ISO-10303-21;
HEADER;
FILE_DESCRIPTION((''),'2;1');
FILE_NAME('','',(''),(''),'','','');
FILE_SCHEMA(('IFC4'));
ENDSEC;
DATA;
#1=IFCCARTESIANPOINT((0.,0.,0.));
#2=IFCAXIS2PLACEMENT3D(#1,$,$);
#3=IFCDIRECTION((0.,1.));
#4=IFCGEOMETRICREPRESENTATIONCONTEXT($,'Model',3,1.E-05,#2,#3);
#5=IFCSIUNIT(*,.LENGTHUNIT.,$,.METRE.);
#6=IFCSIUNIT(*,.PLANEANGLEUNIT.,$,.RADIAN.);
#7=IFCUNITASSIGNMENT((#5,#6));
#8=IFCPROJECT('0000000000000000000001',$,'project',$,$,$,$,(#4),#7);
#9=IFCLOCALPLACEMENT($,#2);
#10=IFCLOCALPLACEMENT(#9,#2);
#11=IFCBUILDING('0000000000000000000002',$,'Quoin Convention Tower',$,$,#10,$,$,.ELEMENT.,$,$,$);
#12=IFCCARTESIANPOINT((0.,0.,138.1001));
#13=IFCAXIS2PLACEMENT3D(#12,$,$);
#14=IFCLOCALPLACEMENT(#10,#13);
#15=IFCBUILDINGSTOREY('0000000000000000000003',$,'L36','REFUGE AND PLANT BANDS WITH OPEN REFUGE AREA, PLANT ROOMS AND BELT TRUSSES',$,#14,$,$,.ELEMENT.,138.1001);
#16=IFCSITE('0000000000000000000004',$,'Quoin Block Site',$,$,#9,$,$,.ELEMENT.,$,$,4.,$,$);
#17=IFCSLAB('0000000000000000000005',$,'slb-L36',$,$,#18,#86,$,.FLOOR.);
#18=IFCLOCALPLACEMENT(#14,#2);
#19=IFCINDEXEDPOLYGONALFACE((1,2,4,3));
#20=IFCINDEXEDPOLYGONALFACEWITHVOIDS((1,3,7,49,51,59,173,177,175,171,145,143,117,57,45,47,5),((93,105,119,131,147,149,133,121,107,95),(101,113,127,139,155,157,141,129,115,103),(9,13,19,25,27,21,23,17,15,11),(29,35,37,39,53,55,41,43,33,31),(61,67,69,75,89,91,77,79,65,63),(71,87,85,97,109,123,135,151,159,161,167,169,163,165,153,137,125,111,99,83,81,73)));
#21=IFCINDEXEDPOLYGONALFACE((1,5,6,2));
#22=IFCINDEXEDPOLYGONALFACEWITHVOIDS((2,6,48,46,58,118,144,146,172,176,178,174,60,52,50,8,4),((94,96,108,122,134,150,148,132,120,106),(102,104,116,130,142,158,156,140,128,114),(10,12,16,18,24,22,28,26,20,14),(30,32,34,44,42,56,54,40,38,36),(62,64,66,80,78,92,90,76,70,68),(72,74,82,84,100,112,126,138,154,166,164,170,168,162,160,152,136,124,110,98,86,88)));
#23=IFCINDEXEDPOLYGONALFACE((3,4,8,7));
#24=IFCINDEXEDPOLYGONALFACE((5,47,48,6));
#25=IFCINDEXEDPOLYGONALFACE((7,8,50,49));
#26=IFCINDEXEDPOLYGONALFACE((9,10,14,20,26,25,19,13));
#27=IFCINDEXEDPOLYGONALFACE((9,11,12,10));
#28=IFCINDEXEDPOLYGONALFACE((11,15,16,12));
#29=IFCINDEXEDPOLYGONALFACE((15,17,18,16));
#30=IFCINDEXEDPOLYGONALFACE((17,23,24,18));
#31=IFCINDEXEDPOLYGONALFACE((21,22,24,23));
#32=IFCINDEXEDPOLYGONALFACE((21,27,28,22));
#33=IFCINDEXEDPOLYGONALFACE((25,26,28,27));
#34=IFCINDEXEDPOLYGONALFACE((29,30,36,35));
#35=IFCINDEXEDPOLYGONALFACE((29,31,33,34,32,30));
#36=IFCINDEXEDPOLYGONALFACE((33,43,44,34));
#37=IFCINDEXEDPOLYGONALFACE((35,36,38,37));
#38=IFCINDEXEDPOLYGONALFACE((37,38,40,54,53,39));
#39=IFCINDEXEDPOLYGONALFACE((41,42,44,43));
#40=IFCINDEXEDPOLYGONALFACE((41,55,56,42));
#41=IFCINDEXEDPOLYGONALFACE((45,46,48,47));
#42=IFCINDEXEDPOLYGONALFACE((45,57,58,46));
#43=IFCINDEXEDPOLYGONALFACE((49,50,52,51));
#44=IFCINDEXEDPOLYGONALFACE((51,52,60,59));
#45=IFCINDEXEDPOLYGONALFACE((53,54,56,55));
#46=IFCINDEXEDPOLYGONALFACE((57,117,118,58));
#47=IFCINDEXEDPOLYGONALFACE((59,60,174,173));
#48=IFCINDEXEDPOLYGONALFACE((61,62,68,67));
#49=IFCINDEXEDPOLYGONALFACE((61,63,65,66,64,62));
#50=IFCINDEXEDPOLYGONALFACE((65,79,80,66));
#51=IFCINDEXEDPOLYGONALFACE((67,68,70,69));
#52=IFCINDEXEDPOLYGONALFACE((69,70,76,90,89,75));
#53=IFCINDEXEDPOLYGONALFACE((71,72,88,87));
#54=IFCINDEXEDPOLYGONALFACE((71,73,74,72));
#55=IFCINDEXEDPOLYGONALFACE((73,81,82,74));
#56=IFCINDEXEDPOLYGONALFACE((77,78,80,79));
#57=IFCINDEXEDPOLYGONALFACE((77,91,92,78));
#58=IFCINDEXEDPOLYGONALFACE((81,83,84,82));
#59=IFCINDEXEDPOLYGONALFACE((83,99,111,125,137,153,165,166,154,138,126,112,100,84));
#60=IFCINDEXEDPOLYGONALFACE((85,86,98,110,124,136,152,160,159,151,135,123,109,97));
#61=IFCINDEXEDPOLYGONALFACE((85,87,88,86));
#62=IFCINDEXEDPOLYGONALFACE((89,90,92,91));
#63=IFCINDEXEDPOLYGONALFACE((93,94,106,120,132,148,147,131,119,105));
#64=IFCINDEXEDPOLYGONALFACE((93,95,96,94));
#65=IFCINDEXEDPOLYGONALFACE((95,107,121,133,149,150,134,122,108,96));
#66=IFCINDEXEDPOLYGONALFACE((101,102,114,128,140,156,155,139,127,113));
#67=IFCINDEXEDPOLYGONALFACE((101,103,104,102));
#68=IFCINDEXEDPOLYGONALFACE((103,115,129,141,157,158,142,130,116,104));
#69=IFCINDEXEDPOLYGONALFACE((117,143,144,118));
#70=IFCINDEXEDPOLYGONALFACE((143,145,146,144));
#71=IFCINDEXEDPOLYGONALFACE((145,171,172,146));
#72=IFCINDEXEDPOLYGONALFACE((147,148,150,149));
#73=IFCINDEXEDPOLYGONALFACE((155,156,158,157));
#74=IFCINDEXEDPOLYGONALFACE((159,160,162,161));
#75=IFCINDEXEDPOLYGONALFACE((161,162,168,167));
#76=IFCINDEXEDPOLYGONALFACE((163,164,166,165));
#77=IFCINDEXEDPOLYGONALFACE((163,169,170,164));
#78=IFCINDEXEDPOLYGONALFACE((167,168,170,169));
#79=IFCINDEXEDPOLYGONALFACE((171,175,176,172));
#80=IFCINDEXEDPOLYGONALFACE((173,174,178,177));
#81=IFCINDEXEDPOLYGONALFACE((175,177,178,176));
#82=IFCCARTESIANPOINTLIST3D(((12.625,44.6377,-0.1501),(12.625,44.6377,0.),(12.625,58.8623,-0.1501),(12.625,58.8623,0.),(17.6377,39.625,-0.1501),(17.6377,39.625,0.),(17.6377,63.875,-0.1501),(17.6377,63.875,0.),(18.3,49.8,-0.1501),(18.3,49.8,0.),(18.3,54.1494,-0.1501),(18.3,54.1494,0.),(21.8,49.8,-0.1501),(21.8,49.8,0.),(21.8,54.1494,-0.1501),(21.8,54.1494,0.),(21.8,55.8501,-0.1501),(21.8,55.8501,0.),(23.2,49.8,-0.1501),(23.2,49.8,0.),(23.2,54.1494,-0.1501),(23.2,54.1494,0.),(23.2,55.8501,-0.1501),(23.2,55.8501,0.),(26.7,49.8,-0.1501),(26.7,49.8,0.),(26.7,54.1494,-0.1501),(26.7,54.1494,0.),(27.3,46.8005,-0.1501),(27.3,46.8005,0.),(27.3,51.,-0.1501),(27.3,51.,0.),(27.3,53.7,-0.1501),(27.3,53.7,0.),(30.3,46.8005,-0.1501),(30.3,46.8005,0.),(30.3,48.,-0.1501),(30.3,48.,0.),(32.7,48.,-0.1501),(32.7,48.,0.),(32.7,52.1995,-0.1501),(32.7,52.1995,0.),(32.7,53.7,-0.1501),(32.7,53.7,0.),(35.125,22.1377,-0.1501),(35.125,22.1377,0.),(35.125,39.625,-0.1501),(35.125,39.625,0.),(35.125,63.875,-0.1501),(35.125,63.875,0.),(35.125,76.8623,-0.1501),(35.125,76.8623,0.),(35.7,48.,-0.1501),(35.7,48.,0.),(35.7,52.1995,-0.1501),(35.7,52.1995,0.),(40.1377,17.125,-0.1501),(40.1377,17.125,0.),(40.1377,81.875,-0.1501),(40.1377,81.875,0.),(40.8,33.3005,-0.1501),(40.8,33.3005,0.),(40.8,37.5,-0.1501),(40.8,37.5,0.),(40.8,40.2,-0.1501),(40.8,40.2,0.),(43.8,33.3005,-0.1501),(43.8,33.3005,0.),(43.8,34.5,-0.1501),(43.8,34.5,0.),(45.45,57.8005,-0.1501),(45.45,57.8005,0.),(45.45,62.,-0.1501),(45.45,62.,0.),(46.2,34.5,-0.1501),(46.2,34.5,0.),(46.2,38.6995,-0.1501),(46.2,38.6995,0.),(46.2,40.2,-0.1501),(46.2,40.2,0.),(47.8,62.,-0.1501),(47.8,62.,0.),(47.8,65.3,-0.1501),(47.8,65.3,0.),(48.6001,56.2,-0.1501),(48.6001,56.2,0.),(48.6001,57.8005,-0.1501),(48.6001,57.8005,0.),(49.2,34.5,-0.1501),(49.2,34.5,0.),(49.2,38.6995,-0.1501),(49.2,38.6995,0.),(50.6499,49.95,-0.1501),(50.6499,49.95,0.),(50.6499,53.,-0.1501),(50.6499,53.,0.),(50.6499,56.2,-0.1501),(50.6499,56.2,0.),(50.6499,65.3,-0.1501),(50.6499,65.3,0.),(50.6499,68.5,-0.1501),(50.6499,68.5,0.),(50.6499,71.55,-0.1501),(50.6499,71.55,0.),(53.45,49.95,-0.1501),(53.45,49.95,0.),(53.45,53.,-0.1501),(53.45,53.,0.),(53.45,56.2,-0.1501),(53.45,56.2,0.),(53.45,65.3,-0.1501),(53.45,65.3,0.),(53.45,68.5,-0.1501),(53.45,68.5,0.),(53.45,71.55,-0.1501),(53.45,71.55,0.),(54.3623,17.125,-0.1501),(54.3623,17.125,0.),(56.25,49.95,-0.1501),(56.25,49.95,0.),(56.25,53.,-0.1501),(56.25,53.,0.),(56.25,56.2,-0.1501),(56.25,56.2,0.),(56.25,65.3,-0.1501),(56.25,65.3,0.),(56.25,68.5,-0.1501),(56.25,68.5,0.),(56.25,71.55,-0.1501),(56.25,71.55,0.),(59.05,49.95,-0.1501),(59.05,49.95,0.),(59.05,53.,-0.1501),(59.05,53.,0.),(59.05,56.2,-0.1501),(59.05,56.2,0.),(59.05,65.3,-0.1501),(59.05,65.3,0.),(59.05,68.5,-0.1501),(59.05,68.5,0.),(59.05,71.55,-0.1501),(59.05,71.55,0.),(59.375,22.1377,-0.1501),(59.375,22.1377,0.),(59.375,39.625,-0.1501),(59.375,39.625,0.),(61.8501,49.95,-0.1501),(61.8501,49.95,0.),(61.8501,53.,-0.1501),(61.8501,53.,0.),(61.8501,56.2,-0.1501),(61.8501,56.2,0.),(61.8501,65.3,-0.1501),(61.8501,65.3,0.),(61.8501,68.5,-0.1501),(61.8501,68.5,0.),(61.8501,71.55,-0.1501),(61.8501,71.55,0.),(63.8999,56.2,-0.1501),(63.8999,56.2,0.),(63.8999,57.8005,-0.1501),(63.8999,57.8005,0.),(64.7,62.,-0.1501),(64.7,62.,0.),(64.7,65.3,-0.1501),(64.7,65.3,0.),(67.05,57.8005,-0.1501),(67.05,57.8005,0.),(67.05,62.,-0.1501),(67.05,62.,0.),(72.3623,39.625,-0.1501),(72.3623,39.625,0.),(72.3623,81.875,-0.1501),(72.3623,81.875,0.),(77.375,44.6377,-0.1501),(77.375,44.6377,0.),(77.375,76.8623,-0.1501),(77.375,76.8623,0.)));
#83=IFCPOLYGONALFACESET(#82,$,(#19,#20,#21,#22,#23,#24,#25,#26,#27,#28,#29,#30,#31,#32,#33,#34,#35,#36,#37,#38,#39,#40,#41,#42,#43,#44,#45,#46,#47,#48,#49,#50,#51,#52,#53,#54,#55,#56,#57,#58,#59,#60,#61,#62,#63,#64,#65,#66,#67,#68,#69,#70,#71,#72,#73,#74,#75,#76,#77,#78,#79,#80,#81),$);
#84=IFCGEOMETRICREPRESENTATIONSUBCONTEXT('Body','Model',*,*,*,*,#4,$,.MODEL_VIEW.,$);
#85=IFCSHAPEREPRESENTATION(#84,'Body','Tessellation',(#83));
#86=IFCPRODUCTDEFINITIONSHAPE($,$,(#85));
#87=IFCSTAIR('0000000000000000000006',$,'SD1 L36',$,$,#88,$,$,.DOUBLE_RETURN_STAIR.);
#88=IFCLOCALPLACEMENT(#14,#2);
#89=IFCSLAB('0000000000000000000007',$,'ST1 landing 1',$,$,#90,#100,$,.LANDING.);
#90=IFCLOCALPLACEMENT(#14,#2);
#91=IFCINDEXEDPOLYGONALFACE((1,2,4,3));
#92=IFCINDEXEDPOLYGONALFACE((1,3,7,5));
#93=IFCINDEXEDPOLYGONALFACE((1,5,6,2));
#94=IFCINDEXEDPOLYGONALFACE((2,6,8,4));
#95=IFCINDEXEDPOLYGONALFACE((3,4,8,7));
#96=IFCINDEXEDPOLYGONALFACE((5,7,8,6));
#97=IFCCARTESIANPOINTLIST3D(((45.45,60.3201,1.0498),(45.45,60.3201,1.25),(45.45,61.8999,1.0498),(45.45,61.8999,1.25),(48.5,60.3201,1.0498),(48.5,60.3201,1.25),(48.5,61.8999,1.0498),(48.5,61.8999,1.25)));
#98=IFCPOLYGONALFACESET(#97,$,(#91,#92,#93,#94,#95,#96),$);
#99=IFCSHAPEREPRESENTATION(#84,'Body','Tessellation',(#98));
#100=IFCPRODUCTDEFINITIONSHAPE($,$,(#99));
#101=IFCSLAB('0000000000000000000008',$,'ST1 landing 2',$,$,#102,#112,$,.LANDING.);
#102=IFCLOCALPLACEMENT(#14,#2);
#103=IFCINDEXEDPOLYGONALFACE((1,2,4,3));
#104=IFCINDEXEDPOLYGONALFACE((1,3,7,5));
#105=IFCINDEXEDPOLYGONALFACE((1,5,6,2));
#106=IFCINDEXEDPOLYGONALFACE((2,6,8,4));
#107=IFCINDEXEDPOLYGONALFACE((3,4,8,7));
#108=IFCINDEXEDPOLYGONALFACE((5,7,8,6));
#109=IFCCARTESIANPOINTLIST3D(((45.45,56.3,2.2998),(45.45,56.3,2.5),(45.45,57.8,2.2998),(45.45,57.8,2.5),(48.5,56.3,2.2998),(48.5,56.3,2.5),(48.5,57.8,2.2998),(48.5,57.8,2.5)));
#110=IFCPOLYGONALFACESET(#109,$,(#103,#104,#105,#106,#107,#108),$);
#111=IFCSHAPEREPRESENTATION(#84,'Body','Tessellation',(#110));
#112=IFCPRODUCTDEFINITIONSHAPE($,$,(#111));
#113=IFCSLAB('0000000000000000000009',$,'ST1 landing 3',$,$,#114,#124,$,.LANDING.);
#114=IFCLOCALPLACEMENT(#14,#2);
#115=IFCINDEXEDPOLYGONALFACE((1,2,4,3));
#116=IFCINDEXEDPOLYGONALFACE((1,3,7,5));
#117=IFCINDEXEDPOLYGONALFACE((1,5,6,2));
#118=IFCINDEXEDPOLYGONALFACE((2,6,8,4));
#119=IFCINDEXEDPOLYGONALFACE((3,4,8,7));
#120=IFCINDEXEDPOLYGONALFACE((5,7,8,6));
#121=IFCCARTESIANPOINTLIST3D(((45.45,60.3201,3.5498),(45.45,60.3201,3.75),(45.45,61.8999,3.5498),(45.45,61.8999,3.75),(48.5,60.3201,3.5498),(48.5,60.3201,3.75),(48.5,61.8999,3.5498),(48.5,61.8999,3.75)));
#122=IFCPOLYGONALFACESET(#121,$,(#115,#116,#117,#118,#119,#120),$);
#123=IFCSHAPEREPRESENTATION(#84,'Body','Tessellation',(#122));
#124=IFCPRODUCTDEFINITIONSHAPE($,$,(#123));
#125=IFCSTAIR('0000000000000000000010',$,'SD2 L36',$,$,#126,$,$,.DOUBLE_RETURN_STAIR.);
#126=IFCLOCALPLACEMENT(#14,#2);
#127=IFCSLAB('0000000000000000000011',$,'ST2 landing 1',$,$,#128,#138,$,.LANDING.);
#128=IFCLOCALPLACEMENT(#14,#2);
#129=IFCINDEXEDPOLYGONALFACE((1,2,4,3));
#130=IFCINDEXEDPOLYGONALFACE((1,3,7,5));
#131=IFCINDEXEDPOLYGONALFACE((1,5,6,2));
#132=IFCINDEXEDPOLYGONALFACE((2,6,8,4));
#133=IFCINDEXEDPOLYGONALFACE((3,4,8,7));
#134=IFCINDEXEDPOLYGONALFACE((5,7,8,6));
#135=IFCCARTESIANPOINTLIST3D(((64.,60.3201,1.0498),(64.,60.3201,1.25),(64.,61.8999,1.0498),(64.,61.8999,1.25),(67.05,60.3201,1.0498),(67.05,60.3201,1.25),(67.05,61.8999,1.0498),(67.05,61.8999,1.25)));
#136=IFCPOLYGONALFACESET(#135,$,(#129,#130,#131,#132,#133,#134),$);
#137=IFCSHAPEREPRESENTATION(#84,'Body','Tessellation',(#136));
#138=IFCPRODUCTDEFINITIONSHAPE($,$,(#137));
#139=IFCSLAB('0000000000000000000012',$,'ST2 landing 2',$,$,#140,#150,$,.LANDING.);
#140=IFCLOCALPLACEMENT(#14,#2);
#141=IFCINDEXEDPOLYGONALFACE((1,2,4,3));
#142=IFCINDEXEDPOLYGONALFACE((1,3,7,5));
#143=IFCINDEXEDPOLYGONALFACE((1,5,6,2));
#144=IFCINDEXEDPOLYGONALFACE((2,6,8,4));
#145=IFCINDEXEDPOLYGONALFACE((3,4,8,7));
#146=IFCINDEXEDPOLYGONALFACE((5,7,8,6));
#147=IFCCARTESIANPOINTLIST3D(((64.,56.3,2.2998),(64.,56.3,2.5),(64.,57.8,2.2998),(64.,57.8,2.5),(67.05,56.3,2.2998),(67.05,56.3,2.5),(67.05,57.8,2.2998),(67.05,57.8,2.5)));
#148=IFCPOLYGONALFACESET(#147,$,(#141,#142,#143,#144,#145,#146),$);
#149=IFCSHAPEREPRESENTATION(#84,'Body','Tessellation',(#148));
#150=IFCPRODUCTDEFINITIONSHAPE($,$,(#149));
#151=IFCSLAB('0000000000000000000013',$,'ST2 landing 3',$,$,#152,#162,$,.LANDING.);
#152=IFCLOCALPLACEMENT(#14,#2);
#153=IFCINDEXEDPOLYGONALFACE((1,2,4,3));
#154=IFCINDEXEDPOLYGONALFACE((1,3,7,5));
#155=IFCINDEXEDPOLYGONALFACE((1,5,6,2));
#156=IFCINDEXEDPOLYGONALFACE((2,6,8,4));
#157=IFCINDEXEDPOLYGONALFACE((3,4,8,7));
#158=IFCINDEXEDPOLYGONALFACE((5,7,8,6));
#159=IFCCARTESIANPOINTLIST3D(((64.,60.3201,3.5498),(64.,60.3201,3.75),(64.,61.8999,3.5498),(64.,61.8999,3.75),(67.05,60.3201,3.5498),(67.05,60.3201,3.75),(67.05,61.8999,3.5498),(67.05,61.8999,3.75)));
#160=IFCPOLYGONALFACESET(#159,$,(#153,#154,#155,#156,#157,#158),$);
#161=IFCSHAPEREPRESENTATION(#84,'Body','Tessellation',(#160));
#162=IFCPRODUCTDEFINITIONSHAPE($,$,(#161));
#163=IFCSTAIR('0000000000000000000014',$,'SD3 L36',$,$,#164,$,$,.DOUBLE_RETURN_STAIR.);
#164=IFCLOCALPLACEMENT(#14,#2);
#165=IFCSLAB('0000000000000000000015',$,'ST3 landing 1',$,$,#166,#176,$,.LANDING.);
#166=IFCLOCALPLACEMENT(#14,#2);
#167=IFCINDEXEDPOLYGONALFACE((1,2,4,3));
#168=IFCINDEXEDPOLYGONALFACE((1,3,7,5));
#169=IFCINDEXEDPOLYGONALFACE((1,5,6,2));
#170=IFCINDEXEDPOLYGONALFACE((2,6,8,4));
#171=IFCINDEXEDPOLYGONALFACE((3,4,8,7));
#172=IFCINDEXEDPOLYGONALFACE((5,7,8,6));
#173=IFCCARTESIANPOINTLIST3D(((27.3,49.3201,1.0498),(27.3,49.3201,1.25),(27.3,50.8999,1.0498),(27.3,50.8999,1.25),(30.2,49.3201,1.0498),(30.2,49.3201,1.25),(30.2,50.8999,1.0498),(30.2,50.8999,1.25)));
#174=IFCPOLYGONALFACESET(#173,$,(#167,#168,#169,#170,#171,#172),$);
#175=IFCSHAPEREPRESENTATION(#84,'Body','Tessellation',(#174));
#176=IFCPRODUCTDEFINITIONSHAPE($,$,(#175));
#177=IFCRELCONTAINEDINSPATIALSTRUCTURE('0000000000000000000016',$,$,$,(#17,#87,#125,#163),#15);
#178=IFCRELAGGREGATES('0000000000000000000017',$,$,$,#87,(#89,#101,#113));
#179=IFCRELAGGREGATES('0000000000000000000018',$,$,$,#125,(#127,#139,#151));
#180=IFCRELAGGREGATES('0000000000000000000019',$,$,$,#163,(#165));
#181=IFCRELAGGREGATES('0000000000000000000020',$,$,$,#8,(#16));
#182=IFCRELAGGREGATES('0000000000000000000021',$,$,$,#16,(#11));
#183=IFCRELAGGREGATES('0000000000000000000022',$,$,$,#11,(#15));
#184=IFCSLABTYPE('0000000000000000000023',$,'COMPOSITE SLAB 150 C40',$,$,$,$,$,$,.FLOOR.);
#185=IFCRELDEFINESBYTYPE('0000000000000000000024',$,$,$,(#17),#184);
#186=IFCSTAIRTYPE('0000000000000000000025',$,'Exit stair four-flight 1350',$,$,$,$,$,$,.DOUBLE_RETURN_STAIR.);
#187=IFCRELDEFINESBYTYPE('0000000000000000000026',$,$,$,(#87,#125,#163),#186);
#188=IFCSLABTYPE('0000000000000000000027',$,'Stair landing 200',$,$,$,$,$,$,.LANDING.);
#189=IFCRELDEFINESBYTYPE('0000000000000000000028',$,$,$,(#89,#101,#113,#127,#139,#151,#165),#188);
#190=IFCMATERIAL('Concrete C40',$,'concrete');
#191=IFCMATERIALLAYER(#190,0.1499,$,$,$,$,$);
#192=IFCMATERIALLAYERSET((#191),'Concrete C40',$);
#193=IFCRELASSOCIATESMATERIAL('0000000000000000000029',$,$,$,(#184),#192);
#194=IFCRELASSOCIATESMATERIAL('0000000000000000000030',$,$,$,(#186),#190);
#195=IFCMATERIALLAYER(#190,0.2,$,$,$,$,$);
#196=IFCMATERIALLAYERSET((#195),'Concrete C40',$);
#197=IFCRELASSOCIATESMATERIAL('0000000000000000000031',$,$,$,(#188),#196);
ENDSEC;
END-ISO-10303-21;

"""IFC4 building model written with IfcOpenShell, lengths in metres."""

from ifc_helpers import new_model, si_unit, direction, frame, origin, place, context, subcontext, project, spatial, polyline, outline, extrude, material, layer, layer_set, type_object, element, aggregate, save


model = new_model("IFC4")

# Units and contexts
model_context = context("Model", 3, precision=1e-05, world=origin(), true_north=direction((0.0, 1.0)))
body_context = subcontext(model_context, "Body", "Model", "MODEL_VIEW")
ifc_project = project(units=[si_unit("LENGTHUNIT", "METRE"), si_unit("PLANEANGLEUNIT", "RADIAN")], contexts=[model_context])

# Site, building, storey
site_placement = place(None, origin())
site = spatial("IfcSite", under=ifc_project, at=site_placement, Name="Quoin Block Site", CompositionType="ELEMENT", RefElevation=4.0)
building_placement = place(site_placement, origin())
building = spatial("IfcBuilding", under=site, at=building_placement, Name="Quoin Convention Tower", CompositionType="ELEMENT")
storey_placement = place(building_placement, frame((0.0, 0.0, 138.1001)))
storey = spatial("IfcBuildingStorey", under=building, at=storey_placement, Name="L36", Description="REFUGE AND PLANT BANDS WITH OPEN REFUGE AREA, PLANT ROOMS AND BELT TRUSSES", CompositionType="ELEMENT", Elevation=138.1001)

# Slab
ifc_material_1 = material(Name="Concrete C40", Category="concrete")
ifc_layer_1 = layer(ifc_material_1, 0.1499)
ifc_layer_set_1 = layer_set([ifc_layer_1], Name="Concrete C40")
slab_type_1 = type_object("IfcSlabType", Name="COMPOSITE SLAB 150 C40", PredefinedType="FLOOR", material=ifc_layer_set_1)
slab_1_placement = place(storey_placement, frame((0.0, 0.0, -0.1501)))
element("IfcSlab", 1, at=slab_1_placement, inside=storey, type_object=slab_type_1, Name="slb-L36", PredefinedType="FLOOR", context=body_context, shape_type="SweptSolid", body=[
    extrude(outline(polyline([(59.375, 22.1377), (54.3623, 17.125), (40.1377, 17.125), (35.125, 22.1377), (35.125, 39.625), (17.6377, 39.625), (12.625, 44.6377), (12.625, 58.8623), (17.6377, 63.875), (35.125, 63.875), (35.125, 76.8623), (40.1377, 81.875), (72.3623, 81.875), (77.375, 76.8623), (77.375, 44.6377), (72.3623, 39.625), (59.375, 39.625), (59.375, 22.1377)]), holes=[polyline([(40.8, 40.2), (40.8, 37.5), (40.8, 33.3005), (43.8, 33.3005), (43.8, 34.5), (46.2, 34.5), (49.2, 34.5), (49.2, 38.6995), (46.2, 38.6995), (46.2, 40.2), (40.8, 40.2)]), polyline([(35.7, 52.1995), (32.7, 52.1995), (32.7, 53.7), (27.3, 53.7), (27.3, 51.0), (27.3, 46.8005), (30.3, 46.8005), (30.3, 48.0), (32.7, 48.0), (35.7, 48.0), (35.7, 52.1995)]), polyline([(53.45, 49.95), (56.25, 49.95), (59.05, 49.95), (61.8501, 49.95), (61.8501, 53.0), (59.05, 53.0), (56.25, 53.0), (53.45, 53.0), (50.6499, 53.0), (50.6499, 49.95), (53.45, 49.95)]), polyline([(21.8, 55.8501), (21.8, 54.1494), (18.3, 54.1494), (18.3, 49.8), (21.8, 49.8), (23.2, 49.8), (26.7, 49.8), (26.7, 54.1494), (23.2, 54.1494), (23.2, 55.8501), (21.8, 55.8501)]), polyline([(48.6001, 57.8005), (48.6001, 56.2), (50.6499, 56.2), (53.45, 56.2), (56.25, 56.2), (59.05, 56.2), (61.8501, 56.2), (63.8999, 56.2), (63.8999, 57.8005), (67.05, 57.8005), (67.05, 62.0), (64.7, 62.0), (64.7, 65.3), (61.8501, 65.3), (59.05, 65.3), (56.25, 65.3), (53.45, 65.3), (50.6499, 65.3), (47.8, 65.3), (47.8, 62.0), (45.45, 62.0), (45.45, 57.8005), (48.6001, 57.8005)]), polyline([(50.6499, 68.5), (53.45, 68.5), (56.25, 68.5), (59.05, 68.5), (61.8501, 68.5), (61.8501, 71.55), (59.05, 71.55), (56.25, 71.55), (53.45, 71.55), (50.6499, 71.55), (50.6499, 68.5)])]), origin(), (0.0, 0.0, 1.0), 0.1501),
])

# Stairs, slabs
stair_type_1 = type_object("IfcStairType", Name="Exit stair four-flight 1350", PredefinedType="DOUBLE_RETURN_STAIR", material=ifc_material_1)
stair_1_placement = place(storey_placement, origin())
stair_1 = element("IfcStair", 2, at=stair_1_placement, inside=storey, type_object=stair_type_1, Name="SD1 L36", PredefinedType="DOUBLE_RETURN_STAIR")
ifc_layer_2 = layer(ifc_material_1, 0.2)
ifc_layer_set_2 = layer_set([ifc_layer_2], Name="Concrete C40")
slab_type_2 = type_object("IfcSlabType", Name="Stair landing 200", PredefinedType="LANDING", material=ifc_layer_set_2)
slab_2_placement = place(storey_placement, frame((0.0, 0.0, 1.0498)))
slab_2 = element("IfcSlab", 3, at=slab_2_placement, type_object=slab_type_2, Name="ST1 landing 1", PredefinedType="LANDING", context=body_context, shape_type="SweptSolid", body=[
    extrude(outline(polyline([(45.45, 60.3201), (48.5, 60.3201), (48.5, 61.8999), (45.45, 61.8999), (45.45, 60.3201)])), origin(), (0.0, 0.0, 1.0), 0.2002),
])
slab_3_placement = place(storey_placement, frame((0.0, 0.0, 2.2998)))
slab_3 = element("IfcSlab", 4, at=slab_3_placement, type_object=slab_type_2, Name="ST1 landing 2", PredefinedType="LANDING", context=body_context, shape_type="SweptSolid", body=[
    extrude(outline(polyline([(45.45, 56.3), (48.5, 56.3), (48.5, 57.8), (45.45, 57.8), (45.45, 56.3)])), origin(), (0.0, 0.0, 1.0), 0.2002),
])
slab_4_placement = place(storey_placement, frame((0.0, 0.0, 3.5498)))
slab_4 = element("IfcSlab", 5, at=slab_4_placement, type_object=slab_type_2, Name="ST1 landing 3", PredefinedType="LANDING", context=body_context, shape_type="SweptSolid", body=[
    extrude(outline(polyline([(45.45, 60.3201), (48.5, 60.3201), (48.5, 61.8999), (45.45, 61.8999), (45.45, 60.3201)])), origin(), (0.0, 0.0, 1.0), 0.2002),
])
aggregate(stair_1, [slab_2, slab_3, slab_4])
stair_2_placement = place(storey_placement, origin())
stair_2 = element("IfcStair", 6, at=stair_2_placement, inside=storey, type_object=stair_type_1, Name="SD2 L36", PredefinedType="DOUBLE_RETURN_STAIR")
slab_5_placement = place(storey_placement, frame((0.0, 0.0, 1.0498)))
slab_5 = element("IfcSlab", 7, at=slab_5_placement, type_object=slab_type_2, Name="ST2 landing 1", PredefinedType="LANDING", context=body_context, shape_type="SweptSolid", body=[
    extrude(outline(polyline([(64.0, 60.3201), (67.05, 60.3201), (67.05, 61.8999), (64.0, 61.8999), (64.0, 60.3201)])), origin(), (0.0, 0.0, 1.0), 0.2002),
])
slab_6_placement = place(storey_placement, frame((0.0, 0.0, 2.2998)))
slab_6 = element("IfcSlab", 8, at=slab_6_placement, type_object=slab_type_2, Name="ST2 landing 2", PredefinedType="LANDING", context=body_context, shape_type="SweptSolid", body=[
    extrude(outline(polyline([(64.0, 56.3), (67.05, 56.3), (67.05, 57.8), (64.0, 57.8), (64.0, 56.3)])), origin(), (0.0, 0.0, 1.0), 0.2002),
])
slab_7_placement = place(storey_placement, frame((0.0, 0.0, 3.5498)))
slab_7 = element("IfcSlab", 9, at=slab_7_placement, type_object=slab_type_2, Name="ST2 landing 3", PredefinedType="LANDING", context=body_context, shape_type="SweptSolid", body=[
    extrude(outline(polyline([(64.0, 60.3201), (67.05, 60.3201), (67.05, 61.8999), (64.0, 61.8999), (64.0, 60.3201)])), origin(), (0.0, 0.0, 1.0), 0.2002),
])
aggregate(stair_2, [slab_5, slab_6, slab_7])
stair_3_placement = place(storey_placement, origin())
stair_3 = element("IfcStair", 10, at=stair_3_placement, inside=storey, type_object=stair_type_1, Name="SD3 L36", PredefinedType="DOUBLE_RETURN_STAIR")
slab_8_placement = place(storey_placement, frame((0.0, 0.0, 1.0498)))
slab_8 = element("IfcSlab", 11, at=slab_8_placement, type_object=slab_type_2, Name="ST3 landing 1", PredefinedType="LANDING", context=body_context, shape_type="SweptSolid", body=[
    extrude(outline(polyline([(27.3, 49.3201), (30.2, 49.3201), (30.2, 50.8999), (27.3, 50.8999), (27.3, 49.3201)])), origin(), (0.0, 0.0, 1.0), 0.2002),
])
aggregate(stair_3, [slab_8])

save(model, "model.ifc")
